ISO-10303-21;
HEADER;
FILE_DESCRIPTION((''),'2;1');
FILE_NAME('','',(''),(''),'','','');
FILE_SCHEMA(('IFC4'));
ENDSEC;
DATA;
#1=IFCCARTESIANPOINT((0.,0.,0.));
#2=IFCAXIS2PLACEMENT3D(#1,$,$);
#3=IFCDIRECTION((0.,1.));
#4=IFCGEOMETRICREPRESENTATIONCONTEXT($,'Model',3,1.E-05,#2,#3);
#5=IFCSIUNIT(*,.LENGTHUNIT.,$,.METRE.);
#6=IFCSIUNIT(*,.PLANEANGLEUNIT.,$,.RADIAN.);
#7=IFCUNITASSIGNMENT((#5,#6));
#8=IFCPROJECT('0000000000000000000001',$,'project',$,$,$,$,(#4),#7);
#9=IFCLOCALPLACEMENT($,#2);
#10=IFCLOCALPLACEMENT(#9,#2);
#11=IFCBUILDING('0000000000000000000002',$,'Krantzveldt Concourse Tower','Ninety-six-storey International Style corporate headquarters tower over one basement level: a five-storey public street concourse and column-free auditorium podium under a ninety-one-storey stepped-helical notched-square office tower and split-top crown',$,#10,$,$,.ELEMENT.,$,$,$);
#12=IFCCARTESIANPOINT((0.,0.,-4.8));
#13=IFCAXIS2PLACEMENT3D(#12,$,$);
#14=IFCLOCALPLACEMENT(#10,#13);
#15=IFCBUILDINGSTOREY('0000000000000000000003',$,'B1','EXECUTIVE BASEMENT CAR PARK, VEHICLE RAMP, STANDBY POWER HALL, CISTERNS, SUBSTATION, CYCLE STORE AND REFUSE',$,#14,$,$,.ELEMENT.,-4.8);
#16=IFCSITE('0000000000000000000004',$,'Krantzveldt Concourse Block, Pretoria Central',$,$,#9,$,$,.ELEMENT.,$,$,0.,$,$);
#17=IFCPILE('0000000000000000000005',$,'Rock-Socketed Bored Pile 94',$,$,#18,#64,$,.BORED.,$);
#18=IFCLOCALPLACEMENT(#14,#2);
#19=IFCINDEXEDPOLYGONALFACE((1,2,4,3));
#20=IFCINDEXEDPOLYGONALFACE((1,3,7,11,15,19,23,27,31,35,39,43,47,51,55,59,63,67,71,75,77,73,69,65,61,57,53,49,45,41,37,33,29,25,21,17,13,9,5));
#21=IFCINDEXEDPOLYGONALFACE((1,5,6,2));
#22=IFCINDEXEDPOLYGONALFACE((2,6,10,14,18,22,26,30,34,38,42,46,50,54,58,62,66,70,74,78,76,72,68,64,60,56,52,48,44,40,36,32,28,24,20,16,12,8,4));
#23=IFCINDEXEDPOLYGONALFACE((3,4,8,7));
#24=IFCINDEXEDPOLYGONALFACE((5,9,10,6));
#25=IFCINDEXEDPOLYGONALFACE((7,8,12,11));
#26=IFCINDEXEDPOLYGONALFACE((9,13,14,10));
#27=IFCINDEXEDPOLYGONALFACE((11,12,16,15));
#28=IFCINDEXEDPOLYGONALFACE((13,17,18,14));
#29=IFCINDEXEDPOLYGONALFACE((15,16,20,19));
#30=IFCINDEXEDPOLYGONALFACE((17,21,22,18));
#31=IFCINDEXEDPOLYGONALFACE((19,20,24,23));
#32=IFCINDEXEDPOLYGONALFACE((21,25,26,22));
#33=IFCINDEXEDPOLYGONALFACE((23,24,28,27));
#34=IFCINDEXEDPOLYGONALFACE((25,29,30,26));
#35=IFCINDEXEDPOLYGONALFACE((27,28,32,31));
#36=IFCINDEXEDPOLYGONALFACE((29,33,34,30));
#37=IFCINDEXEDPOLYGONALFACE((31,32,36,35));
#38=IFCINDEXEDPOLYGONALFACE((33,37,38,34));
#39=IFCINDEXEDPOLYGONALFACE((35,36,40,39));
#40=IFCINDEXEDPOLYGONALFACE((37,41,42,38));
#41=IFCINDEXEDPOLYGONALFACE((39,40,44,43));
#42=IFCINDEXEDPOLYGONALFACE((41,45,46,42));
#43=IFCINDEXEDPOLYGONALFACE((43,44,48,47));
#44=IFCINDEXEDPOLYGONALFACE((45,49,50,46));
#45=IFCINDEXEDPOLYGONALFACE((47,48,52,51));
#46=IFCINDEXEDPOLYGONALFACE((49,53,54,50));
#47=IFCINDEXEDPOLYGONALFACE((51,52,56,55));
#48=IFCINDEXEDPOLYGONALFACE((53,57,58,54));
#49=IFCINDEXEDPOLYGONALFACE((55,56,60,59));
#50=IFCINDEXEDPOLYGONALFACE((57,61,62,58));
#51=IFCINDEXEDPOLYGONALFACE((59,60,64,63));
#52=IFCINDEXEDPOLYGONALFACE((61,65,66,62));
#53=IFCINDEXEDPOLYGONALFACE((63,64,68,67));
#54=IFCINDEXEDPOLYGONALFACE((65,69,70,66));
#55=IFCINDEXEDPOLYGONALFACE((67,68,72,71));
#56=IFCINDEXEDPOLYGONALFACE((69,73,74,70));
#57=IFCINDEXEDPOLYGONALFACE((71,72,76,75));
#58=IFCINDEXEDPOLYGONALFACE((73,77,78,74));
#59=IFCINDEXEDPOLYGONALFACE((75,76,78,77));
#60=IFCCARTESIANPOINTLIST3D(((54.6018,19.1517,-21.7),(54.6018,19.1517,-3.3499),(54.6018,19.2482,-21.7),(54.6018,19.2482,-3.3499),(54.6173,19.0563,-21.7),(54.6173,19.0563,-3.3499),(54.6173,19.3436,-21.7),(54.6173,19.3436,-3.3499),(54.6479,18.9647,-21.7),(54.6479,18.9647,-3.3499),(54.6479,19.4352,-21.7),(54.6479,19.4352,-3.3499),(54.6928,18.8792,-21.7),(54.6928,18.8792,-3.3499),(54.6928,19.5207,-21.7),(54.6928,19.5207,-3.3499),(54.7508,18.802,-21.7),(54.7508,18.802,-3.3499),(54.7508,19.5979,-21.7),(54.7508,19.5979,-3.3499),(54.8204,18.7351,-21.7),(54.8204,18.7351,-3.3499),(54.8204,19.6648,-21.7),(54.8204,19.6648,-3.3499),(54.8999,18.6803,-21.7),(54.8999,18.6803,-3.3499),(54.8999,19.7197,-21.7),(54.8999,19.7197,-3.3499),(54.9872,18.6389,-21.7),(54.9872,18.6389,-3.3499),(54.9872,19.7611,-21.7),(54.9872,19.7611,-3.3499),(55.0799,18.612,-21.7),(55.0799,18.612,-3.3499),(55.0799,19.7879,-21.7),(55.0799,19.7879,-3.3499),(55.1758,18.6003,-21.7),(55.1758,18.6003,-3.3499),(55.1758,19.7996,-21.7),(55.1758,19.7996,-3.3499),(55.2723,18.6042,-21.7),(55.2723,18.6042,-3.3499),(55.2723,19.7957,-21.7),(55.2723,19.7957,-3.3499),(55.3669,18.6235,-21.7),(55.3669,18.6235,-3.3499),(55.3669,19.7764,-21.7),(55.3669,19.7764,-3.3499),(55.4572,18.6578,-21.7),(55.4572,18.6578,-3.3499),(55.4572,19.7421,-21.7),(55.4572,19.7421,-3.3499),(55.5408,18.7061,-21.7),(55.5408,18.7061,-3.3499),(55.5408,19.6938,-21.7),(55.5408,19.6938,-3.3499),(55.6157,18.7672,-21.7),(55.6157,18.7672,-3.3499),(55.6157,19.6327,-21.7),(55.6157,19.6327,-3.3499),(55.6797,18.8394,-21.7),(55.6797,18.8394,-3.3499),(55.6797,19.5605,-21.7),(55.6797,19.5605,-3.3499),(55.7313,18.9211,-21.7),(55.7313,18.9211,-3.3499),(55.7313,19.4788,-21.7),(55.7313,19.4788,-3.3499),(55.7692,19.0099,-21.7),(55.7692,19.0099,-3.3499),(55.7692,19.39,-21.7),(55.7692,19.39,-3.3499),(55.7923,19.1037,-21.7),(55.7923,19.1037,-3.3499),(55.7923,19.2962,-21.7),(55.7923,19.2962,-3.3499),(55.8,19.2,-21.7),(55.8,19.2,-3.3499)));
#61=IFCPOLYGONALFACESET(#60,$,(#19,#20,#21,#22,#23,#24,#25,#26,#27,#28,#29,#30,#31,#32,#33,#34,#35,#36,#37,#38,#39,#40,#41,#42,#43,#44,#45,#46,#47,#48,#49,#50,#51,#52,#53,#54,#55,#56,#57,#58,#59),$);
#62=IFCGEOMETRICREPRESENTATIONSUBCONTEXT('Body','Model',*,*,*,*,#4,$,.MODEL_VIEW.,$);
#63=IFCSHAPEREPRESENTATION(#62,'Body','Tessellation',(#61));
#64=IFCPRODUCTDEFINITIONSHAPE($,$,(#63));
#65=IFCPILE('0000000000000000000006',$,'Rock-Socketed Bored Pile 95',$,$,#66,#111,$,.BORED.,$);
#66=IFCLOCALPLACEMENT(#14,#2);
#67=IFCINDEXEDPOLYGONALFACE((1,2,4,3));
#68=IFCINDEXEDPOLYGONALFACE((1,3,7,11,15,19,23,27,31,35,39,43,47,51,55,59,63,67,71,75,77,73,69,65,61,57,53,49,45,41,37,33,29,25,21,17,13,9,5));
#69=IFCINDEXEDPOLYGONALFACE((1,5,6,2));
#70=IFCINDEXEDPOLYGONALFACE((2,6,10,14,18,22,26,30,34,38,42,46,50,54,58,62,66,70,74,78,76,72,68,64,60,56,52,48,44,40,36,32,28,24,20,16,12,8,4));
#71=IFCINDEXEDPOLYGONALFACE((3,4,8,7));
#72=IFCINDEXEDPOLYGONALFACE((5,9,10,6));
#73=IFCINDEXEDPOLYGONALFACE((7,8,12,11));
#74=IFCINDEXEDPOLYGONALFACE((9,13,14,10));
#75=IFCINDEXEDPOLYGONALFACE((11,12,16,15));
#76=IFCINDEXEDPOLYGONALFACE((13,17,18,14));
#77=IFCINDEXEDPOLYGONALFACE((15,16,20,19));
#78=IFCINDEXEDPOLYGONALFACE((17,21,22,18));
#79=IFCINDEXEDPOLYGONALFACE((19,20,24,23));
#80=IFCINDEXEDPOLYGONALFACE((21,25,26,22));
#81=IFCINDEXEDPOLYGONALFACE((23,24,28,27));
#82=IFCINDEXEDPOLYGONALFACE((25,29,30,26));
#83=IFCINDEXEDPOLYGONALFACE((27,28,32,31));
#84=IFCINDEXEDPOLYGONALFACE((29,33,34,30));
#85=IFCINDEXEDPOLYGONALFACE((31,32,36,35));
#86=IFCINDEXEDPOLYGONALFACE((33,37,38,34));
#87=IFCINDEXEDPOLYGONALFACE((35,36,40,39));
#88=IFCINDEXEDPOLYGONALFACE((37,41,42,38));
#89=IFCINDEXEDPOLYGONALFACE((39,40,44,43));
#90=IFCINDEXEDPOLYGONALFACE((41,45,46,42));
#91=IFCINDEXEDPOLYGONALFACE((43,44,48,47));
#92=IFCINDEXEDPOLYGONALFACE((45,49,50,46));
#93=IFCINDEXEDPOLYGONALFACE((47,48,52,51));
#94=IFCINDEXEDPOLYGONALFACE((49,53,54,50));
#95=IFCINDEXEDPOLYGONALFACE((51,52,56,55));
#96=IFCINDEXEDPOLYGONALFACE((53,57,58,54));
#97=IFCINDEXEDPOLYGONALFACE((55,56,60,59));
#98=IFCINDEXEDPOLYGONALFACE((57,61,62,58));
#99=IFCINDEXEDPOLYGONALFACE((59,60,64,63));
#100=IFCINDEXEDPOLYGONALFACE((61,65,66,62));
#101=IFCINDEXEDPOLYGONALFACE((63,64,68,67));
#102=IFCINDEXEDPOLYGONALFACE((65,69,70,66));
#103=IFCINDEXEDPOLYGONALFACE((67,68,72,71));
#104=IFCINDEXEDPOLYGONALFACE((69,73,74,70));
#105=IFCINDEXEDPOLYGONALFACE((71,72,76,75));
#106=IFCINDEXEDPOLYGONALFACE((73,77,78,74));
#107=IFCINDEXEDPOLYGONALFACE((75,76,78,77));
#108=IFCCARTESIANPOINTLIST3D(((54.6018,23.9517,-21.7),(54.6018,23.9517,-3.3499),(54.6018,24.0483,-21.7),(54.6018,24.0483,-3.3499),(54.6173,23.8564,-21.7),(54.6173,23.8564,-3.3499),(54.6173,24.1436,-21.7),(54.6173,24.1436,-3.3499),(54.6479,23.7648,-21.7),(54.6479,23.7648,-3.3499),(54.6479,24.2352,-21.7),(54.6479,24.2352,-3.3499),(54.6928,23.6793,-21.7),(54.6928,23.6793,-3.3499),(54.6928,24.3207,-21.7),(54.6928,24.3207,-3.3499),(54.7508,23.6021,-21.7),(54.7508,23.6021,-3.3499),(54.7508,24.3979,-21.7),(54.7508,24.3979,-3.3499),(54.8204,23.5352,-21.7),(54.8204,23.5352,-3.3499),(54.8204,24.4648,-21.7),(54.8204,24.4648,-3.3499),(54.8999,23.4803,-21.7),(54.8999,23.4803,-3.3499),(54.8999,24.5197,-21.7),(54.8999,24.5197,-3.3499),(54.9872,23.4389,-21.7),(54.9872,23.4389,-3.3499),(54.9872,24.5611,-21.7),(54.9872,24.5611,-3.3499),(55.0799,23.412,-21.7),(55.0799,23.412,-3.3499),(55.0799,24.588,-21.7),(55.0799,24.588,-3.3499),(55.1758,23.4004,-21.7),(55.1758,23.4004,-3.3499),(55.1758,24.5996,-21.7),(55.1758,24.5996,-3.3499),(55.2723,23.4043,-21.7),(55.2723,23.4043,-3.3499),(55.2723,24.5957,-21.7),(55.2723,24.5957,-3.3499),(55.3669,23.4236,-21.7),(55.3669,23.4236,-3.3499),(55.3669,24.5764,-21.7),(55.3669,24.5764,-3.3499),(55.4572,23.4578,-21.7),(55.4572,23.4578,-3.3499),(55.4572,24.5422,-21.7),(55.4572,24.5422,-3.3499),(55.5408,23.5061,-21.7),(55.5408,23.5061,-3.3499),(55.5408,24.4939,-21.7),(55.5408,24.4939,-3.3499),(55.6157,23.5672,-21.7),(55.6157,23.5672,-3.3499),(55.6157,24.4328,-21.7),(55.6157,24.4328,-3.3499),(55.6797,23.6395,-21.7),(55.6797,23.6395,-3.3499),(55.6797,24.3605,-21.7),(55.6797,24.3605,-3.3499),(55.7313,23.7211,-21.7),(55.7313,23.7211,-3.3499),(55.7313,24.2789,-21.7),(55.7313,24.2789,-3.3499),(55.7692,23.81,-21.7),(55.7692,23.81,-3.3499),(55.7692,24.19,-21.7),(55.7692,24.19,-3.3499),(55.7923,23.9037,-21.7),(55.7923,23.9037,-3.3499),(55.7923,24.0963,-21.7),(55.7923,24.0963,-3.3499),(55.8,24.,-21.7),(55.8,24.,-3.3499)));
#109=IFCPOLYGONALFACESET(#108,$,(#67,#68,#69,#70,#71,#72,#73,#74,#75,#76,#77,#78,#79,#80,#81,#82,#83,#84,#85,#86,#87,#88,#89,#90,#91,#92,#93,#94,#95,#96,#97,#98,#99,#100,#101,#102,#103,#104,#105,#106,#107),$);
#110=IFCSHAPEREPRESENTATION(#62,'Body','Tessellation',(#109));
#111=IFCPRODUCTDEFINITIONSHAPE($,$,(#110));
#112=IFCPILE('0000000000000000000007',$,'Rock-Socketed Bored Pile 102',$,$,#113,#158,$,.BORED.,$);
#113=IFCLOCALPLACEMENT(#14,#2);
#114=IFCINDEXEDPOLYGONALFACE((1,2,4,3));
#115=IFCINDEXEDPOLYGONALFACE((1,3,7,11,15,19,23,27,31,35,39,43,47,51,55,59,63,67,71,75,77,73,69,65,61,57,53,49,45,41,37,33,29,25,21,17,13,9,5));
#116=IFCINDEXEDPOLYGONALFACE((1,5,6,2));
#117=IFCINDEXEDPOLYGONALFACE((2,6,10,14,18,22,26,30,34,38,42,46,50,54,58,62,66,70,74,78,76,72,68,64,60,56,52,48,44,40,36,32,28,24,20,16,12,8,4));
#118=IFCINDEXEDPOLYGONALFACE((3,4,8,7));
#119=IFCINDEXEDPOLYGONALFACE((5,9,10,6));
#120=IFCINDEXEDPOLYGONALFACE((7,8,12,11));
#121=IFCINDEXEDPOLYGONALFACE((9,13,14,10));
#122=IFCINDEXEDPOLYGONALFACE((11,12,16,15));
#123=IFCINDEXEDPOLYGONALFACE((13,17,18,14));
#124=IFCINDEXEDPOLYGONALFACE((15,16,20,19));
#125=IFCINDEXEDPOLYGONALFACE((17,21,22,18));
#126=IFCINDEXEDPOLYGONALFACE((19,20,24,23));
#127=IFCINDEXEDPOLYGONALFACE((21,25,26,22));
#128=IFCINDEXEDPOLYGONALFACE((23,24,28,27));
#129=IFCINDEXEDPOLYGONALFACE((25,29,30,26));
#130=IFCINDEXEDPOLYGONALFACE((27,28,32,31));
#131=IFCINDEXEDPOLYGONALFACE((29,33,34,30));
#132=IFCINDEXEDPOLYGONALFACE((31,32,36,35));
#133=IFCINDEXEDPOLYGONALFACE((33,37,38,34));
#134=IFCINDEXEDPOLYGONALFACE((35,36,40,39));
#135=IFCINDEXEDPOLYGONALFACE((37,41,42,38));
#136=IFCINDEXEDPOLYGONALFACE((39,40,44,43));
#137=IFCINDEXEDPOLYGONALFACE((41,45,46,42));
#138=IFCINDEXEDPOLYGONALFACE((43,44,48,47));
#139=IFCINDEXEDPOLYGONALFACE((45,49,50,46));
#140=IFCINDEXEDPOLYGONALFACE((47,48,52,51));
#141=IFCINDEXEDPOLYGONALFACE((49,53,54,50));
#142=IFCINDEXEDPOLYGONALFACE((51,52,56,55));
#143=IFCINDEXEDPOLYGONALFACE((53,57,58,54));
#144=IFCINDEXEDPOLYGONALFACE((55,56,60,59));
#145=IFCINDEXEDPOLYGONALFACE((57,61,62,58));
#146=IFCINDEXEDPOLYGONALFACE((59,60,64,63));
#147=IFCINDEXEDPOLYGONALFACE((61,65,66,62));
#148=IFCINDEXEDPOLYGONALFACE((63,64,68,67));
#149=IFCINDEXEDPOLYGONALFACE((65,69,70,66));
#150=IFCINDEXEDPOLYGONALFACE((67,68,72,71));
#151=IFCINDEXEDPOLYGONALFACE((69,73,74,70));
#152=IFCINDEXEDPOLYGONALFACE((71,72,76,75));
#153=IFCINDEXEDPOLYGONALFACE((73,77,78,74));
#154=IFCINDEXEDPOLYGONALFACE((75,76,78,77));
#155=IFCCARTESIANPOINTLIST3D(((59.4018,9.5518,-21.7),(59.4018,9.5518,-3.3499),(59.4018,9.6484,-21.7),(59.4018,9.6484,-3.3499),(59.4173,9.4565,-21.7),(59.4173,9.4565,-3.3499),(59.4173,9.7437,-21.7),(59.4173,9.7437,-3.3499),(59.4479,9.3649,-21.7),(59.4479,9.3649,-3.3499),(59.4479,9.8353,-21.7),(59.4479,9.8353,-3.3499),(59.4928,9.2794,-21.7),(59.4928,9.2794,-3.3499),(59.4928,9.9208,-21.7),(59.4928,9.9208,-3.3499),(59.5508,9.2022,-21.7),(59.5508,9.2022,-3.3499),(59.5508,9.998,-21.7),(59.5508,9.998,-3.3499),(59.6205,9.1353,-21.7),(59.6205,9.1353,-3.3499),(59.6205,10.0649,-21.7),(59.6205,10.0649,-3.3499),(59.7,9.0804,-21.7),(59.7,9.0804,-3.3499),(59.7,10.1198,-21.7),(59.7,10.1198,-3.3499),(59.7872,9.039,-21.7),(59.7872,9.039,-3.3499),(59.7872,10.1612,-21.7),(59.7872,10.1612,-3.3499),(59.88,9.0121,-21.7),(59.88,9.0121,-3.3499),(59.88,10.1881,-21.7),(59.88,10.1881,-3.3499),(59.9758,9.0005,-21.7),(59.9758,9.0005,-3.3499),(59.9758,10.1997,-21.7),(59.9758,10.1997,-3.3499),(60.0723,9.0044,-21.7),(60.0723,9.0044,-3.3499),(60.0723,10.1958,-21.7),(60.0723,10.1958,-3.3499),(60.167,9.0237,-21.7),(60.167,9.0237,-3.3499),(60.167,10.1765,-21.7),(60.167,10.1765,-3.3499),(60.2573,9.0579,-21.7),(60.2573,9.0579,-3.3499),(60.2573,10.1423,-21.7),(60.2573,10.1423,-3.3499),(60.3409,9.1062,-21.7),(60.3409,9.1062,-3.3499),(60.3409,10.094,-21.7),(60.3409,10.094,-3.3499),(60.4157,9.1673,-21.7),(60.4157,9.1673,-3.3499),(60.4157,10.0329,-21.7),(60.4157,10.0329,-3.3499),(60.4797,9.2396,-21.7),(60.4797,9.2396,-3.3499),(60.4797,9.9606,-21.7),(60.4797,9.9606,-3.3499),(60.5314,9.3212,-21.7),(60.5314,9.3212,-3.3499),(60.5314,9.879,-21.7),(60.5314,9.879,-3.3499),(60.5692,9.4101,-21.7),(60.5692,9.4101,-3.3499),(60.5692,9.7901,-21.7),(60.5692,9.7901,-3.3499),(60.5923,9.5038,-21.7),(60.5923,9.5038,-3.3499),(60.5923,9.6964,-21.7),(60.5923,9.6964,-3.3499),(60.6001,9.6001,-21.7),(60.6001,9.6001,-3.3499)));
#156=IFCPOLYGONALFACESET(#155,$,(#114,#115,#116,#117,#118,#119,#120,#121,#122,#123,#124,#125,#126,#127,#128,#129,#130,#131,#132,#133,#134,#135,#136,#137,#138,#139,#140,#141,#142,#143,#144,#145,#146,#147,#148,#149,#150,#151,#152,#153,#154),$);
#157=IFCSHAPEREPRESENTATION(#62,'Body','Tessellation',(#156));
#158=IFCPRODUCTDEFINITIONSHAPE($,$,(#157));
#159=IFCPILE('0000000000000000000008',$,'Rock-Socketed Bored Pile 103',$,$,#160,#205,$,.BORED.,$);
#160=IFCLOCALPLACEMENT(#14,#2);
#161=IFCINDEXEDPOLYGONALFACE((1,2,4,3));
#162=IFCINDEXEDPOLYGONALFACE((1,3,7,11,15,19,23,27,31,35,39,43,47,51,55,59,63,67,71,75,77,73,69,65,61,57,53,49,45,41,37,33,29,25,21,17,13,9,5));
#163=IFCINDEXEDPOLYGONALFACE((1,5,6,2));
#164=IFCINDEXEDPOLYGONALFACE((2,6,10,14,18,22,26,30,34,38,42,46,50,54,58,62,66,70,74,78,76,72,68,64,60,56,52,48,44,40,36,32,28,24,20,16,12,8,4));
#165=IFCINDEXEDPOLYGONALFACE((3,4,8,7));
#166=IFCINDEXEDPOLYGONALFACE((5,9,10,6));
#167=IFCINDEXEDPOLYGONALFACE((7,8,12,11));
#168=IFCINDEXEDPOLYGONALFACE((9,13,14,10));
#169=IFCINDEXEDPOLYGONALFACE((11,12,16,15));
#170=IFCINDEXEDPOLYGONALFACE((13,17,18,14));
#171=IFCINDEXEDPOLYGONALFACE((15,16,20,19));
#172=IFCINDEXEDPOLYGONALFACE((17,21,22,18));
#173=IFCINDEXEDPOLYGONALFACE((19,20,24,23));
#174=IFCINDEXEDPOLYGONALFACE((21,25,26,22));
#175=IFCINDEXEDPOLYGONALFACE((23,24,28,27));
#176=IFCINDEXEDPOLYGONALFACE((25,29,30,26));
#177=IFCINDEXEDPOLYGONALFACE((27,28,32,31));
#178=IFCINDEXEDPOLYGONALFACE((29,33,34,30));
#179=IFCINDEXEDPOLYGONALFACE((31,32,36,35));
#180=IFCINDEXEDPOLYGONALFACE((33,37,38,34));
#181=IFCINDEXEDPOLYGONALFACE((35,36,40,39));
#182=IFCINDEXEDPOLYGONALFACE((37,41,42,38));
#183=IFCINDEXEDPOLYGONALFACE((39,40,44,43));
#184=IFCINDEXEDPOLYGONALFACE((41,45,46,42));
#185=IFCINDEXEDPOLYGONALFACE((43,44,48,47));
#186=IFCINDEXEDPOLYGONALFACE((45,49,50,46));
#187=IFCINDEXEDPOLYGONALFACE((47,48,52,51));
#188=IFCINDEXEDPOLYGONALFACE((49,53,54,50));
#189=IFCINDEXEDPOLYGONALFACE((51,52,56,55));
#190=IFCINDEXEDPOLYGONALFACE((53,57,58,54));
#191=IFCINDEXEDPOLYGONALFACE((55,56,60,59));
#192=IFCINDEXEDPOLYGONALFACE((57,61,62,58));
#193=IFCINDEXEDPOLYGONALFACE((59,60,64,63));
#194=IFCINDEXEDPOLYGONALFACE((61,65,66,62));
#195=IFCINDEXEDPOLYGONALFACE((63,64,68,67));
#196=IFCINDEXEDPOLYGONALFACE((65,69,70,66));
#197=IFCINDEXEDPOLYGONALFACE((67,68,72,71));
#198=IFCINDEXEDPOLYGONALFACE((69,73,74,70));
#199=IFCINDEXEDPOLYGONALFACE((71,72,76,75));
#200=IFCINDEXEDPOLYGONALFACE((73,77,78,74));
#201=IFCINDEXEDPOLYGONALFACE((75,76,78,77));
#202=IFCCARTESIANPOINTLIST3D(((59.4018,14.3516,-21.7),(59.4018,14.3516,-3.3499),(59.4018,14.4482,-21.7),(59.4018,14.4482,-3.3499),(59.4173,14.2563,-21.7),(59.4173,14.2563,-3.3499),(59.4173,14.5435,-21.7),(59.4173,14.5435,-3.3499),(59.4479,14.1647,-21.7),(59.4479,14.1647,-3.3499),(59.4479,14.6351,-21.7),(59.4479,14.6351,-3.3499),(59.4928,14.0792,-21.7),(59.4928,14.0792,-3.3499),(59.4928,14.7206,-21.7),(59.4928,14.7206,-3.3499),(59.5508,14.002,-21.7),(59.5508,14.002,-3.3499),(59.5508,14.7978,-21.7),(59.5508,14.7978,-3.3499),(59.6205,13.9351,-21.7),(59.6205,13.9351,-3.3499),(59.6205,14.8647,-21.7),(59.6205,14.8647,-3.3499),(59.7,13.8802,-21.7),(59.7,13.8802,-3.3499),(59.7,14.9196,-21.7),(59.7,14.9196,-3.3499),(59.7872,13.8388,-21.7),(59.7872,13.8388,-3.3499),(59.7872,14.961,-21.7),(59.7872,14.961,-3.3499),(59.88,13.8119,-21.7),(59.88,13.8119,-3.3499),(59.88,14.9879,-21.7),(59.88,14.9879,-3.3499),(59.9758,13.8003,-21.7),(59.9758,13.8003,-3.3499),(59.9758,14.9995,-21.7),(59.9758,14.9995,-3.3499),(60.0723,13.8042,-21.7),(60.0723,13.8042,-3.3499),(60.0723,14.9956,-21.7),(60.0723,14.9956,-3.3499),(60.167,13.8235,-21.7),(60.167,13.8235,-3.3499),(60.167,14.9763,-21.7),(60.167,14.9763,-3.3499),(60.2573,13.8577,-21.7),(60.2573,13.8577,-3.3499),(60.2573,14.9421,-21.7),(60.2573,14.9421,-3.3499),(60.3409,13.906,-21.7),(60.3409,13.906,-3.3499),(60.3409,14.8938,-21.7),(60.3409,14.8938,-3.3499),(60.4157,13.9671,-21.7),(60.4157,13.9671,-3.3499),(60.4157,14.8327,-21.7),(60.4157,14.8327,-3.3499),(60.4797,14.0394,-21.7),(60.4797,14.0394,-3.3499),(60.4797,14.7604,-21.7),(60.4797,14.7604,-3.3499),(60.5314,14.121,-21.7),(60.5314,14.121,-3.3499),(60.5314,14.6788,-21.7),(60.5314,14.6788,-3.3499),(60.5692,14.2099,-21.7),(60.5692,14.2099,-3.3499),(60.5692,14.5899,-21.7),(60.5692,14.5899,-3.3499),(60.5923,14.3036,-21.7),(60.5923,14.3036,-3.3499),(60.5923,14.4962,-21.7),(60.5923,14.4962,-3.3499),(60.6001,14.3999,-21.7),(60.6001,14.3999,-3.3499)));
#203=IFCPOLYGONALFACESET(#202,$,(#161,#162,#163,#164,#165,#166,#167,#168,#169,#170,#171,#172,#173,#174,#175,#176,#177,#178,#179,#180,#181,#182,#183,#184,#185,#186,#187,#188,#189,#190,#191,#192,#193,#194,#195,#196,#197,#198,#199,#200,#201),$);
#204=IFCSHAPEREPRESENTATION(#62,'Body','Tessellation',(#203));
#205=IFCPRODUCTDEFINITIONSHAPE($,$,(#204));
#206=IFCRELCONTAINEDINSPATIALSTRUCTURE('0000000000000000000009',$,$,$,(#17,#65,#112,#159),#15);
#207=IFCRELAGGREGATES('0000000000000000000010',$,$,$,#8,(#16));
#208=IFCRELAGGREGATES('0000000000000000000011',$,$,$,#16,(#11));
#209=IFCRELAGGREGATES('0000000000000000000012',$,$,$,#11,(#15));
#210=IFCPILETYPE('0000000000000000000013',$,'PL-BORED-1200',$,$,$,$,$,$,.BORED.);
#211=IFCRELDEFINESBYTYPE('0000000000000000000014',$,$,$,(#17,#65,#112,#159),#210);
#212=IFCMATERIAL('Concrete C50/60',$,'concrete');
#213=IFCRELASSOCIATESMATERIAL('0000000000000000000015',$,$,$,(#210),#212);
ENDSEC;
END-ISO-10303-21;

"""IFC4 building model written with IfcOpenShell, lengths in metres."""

from ifc_helpers import new_model, si_unit, direction, frame, origin, origin_2d, place, context, subcontext, project, spatial, circle, extrude, source, transform, mapped, material, material_profile, profile_set, type_object, type_shapes, element, save


model = new_model("IFC4")

# Units and contexts
model_context = context("Model", 3, precision=1e-05, world=origin(), true_north=direction((0.0, 1.0)))
body_context = subcontext(model_context, "Body", "Model", "MODEL_VIEW")
ifc_project = project(units=[si_unit("LENGTHUNIT", "METRE"), si_unit("PLANEANGLEUNIT", "RADIAN")], contexts=[model_context])

# Site, building, storey
site_placement = place(None, origin())
site = spatial("IfcSite", under=ifc_project, at=site_placement, Name="Krantzveldt Concourse Block, Pretoria Central", CompositionType="ELEMENT", RefElevation=0.0)
building_placement = place(site_placement, origin())
building = spatial("IfcBuilding", under=site, at=building_placement, Name="Krantzveldt Concourse Tower", Description="Ninety-six-storey International Style corporate headquarters tower over one basement level: a five-storey public street concourse and column-free auditorium podium under a ninety-one-storey stepped-helical notched-square office tower and split-top crown", CompositionType="ELEMENT")
storey_placement = place(building_placement, frame((0.0, 0.0, -4.8)))
storey = spatial("IfcBuildingStorey", under=building, at=storey_placement, Name="B1", Description="EXECUTIVE BASEMENT CAR PARK, VEHICLE RAMP, STANDBY POWER HALL, CISTERNS, SUBSTATION, CYCLE STORE AND REFUSE", CompositionType="ELEMENT", Elevation=-4.8)

# Shared definitions
ifc_material_1 = material(Name="Concrete C50/60", Category="concrete")

# Piles
ifc_material_profile_1 = material_profile(ifc_material_1, circle(Radius=0.6001, at=origin_2d()), Name="Concrete C50/60", Category="concrete")
ifc_profile_set_1 = profile_set([ifc_material_profile_1], Name="Concrete C50/60 - PILE D1200")
pile_type = type_object("IfcPileType", Name="PL-BORED-1200", PredefinedType="BORED", material=ifc_profile_set_1)
shared_shape_1 = source(origin(), body_context, "Body", "SweptSolid", [
    extrude(circle(Radius=0.6001, at=origin_2d()), origin(), (0.0, 0.0, 1.0), 18.3501),
])
type_shapes(pile_type, [shared_shape_1])
for number, where, z_axis, x_axis, name in (
    (1, (55.2, 19.2, -3.3499), (0.0, 0.0, -1.0), (1.0, 0.0, 0.0), "Rock-Socketed Bored Pile 94"),
    (2, (55.2, 24.0, -3.3499), (0.0, 0.0, -1.0), (1.0, 0.0, 0.0), "Rock-Socketed Bored Pile 95"),
    (3, (60.0, 9.6001, -3.3499), (0.0, 0.0, -1.0), (1.0, 0.0, 0.0), "Rock-Socketed Bored Pile 102"),
    (4, (60.0, 14.3999, -3.3499), (0.0, 0.0, -1.0), (1.0, 0.0, 0.0), "Rock-Socketed Bored Pile 103"),
):
    element("IfcPile", number, at=place(storey_placement, frame(where, z_axis=z_axis, x_axis=x_axis)), inside=storey, type_object=pile_type, Name=name, PredefinedType="BORED", context=body_context, shape_type="MappedRepresentation", body=[
        mapped(shared_shape_1, transform((0.0, 0.0, 0.0), x_axis=(1.0, 0.0, 0.0), y_axis=(0.0, 1.0, 0.0), z_axis=(0.0, 0.0, 1.0), scale=1.0)),
    ])

save(model, "model.ifc")
